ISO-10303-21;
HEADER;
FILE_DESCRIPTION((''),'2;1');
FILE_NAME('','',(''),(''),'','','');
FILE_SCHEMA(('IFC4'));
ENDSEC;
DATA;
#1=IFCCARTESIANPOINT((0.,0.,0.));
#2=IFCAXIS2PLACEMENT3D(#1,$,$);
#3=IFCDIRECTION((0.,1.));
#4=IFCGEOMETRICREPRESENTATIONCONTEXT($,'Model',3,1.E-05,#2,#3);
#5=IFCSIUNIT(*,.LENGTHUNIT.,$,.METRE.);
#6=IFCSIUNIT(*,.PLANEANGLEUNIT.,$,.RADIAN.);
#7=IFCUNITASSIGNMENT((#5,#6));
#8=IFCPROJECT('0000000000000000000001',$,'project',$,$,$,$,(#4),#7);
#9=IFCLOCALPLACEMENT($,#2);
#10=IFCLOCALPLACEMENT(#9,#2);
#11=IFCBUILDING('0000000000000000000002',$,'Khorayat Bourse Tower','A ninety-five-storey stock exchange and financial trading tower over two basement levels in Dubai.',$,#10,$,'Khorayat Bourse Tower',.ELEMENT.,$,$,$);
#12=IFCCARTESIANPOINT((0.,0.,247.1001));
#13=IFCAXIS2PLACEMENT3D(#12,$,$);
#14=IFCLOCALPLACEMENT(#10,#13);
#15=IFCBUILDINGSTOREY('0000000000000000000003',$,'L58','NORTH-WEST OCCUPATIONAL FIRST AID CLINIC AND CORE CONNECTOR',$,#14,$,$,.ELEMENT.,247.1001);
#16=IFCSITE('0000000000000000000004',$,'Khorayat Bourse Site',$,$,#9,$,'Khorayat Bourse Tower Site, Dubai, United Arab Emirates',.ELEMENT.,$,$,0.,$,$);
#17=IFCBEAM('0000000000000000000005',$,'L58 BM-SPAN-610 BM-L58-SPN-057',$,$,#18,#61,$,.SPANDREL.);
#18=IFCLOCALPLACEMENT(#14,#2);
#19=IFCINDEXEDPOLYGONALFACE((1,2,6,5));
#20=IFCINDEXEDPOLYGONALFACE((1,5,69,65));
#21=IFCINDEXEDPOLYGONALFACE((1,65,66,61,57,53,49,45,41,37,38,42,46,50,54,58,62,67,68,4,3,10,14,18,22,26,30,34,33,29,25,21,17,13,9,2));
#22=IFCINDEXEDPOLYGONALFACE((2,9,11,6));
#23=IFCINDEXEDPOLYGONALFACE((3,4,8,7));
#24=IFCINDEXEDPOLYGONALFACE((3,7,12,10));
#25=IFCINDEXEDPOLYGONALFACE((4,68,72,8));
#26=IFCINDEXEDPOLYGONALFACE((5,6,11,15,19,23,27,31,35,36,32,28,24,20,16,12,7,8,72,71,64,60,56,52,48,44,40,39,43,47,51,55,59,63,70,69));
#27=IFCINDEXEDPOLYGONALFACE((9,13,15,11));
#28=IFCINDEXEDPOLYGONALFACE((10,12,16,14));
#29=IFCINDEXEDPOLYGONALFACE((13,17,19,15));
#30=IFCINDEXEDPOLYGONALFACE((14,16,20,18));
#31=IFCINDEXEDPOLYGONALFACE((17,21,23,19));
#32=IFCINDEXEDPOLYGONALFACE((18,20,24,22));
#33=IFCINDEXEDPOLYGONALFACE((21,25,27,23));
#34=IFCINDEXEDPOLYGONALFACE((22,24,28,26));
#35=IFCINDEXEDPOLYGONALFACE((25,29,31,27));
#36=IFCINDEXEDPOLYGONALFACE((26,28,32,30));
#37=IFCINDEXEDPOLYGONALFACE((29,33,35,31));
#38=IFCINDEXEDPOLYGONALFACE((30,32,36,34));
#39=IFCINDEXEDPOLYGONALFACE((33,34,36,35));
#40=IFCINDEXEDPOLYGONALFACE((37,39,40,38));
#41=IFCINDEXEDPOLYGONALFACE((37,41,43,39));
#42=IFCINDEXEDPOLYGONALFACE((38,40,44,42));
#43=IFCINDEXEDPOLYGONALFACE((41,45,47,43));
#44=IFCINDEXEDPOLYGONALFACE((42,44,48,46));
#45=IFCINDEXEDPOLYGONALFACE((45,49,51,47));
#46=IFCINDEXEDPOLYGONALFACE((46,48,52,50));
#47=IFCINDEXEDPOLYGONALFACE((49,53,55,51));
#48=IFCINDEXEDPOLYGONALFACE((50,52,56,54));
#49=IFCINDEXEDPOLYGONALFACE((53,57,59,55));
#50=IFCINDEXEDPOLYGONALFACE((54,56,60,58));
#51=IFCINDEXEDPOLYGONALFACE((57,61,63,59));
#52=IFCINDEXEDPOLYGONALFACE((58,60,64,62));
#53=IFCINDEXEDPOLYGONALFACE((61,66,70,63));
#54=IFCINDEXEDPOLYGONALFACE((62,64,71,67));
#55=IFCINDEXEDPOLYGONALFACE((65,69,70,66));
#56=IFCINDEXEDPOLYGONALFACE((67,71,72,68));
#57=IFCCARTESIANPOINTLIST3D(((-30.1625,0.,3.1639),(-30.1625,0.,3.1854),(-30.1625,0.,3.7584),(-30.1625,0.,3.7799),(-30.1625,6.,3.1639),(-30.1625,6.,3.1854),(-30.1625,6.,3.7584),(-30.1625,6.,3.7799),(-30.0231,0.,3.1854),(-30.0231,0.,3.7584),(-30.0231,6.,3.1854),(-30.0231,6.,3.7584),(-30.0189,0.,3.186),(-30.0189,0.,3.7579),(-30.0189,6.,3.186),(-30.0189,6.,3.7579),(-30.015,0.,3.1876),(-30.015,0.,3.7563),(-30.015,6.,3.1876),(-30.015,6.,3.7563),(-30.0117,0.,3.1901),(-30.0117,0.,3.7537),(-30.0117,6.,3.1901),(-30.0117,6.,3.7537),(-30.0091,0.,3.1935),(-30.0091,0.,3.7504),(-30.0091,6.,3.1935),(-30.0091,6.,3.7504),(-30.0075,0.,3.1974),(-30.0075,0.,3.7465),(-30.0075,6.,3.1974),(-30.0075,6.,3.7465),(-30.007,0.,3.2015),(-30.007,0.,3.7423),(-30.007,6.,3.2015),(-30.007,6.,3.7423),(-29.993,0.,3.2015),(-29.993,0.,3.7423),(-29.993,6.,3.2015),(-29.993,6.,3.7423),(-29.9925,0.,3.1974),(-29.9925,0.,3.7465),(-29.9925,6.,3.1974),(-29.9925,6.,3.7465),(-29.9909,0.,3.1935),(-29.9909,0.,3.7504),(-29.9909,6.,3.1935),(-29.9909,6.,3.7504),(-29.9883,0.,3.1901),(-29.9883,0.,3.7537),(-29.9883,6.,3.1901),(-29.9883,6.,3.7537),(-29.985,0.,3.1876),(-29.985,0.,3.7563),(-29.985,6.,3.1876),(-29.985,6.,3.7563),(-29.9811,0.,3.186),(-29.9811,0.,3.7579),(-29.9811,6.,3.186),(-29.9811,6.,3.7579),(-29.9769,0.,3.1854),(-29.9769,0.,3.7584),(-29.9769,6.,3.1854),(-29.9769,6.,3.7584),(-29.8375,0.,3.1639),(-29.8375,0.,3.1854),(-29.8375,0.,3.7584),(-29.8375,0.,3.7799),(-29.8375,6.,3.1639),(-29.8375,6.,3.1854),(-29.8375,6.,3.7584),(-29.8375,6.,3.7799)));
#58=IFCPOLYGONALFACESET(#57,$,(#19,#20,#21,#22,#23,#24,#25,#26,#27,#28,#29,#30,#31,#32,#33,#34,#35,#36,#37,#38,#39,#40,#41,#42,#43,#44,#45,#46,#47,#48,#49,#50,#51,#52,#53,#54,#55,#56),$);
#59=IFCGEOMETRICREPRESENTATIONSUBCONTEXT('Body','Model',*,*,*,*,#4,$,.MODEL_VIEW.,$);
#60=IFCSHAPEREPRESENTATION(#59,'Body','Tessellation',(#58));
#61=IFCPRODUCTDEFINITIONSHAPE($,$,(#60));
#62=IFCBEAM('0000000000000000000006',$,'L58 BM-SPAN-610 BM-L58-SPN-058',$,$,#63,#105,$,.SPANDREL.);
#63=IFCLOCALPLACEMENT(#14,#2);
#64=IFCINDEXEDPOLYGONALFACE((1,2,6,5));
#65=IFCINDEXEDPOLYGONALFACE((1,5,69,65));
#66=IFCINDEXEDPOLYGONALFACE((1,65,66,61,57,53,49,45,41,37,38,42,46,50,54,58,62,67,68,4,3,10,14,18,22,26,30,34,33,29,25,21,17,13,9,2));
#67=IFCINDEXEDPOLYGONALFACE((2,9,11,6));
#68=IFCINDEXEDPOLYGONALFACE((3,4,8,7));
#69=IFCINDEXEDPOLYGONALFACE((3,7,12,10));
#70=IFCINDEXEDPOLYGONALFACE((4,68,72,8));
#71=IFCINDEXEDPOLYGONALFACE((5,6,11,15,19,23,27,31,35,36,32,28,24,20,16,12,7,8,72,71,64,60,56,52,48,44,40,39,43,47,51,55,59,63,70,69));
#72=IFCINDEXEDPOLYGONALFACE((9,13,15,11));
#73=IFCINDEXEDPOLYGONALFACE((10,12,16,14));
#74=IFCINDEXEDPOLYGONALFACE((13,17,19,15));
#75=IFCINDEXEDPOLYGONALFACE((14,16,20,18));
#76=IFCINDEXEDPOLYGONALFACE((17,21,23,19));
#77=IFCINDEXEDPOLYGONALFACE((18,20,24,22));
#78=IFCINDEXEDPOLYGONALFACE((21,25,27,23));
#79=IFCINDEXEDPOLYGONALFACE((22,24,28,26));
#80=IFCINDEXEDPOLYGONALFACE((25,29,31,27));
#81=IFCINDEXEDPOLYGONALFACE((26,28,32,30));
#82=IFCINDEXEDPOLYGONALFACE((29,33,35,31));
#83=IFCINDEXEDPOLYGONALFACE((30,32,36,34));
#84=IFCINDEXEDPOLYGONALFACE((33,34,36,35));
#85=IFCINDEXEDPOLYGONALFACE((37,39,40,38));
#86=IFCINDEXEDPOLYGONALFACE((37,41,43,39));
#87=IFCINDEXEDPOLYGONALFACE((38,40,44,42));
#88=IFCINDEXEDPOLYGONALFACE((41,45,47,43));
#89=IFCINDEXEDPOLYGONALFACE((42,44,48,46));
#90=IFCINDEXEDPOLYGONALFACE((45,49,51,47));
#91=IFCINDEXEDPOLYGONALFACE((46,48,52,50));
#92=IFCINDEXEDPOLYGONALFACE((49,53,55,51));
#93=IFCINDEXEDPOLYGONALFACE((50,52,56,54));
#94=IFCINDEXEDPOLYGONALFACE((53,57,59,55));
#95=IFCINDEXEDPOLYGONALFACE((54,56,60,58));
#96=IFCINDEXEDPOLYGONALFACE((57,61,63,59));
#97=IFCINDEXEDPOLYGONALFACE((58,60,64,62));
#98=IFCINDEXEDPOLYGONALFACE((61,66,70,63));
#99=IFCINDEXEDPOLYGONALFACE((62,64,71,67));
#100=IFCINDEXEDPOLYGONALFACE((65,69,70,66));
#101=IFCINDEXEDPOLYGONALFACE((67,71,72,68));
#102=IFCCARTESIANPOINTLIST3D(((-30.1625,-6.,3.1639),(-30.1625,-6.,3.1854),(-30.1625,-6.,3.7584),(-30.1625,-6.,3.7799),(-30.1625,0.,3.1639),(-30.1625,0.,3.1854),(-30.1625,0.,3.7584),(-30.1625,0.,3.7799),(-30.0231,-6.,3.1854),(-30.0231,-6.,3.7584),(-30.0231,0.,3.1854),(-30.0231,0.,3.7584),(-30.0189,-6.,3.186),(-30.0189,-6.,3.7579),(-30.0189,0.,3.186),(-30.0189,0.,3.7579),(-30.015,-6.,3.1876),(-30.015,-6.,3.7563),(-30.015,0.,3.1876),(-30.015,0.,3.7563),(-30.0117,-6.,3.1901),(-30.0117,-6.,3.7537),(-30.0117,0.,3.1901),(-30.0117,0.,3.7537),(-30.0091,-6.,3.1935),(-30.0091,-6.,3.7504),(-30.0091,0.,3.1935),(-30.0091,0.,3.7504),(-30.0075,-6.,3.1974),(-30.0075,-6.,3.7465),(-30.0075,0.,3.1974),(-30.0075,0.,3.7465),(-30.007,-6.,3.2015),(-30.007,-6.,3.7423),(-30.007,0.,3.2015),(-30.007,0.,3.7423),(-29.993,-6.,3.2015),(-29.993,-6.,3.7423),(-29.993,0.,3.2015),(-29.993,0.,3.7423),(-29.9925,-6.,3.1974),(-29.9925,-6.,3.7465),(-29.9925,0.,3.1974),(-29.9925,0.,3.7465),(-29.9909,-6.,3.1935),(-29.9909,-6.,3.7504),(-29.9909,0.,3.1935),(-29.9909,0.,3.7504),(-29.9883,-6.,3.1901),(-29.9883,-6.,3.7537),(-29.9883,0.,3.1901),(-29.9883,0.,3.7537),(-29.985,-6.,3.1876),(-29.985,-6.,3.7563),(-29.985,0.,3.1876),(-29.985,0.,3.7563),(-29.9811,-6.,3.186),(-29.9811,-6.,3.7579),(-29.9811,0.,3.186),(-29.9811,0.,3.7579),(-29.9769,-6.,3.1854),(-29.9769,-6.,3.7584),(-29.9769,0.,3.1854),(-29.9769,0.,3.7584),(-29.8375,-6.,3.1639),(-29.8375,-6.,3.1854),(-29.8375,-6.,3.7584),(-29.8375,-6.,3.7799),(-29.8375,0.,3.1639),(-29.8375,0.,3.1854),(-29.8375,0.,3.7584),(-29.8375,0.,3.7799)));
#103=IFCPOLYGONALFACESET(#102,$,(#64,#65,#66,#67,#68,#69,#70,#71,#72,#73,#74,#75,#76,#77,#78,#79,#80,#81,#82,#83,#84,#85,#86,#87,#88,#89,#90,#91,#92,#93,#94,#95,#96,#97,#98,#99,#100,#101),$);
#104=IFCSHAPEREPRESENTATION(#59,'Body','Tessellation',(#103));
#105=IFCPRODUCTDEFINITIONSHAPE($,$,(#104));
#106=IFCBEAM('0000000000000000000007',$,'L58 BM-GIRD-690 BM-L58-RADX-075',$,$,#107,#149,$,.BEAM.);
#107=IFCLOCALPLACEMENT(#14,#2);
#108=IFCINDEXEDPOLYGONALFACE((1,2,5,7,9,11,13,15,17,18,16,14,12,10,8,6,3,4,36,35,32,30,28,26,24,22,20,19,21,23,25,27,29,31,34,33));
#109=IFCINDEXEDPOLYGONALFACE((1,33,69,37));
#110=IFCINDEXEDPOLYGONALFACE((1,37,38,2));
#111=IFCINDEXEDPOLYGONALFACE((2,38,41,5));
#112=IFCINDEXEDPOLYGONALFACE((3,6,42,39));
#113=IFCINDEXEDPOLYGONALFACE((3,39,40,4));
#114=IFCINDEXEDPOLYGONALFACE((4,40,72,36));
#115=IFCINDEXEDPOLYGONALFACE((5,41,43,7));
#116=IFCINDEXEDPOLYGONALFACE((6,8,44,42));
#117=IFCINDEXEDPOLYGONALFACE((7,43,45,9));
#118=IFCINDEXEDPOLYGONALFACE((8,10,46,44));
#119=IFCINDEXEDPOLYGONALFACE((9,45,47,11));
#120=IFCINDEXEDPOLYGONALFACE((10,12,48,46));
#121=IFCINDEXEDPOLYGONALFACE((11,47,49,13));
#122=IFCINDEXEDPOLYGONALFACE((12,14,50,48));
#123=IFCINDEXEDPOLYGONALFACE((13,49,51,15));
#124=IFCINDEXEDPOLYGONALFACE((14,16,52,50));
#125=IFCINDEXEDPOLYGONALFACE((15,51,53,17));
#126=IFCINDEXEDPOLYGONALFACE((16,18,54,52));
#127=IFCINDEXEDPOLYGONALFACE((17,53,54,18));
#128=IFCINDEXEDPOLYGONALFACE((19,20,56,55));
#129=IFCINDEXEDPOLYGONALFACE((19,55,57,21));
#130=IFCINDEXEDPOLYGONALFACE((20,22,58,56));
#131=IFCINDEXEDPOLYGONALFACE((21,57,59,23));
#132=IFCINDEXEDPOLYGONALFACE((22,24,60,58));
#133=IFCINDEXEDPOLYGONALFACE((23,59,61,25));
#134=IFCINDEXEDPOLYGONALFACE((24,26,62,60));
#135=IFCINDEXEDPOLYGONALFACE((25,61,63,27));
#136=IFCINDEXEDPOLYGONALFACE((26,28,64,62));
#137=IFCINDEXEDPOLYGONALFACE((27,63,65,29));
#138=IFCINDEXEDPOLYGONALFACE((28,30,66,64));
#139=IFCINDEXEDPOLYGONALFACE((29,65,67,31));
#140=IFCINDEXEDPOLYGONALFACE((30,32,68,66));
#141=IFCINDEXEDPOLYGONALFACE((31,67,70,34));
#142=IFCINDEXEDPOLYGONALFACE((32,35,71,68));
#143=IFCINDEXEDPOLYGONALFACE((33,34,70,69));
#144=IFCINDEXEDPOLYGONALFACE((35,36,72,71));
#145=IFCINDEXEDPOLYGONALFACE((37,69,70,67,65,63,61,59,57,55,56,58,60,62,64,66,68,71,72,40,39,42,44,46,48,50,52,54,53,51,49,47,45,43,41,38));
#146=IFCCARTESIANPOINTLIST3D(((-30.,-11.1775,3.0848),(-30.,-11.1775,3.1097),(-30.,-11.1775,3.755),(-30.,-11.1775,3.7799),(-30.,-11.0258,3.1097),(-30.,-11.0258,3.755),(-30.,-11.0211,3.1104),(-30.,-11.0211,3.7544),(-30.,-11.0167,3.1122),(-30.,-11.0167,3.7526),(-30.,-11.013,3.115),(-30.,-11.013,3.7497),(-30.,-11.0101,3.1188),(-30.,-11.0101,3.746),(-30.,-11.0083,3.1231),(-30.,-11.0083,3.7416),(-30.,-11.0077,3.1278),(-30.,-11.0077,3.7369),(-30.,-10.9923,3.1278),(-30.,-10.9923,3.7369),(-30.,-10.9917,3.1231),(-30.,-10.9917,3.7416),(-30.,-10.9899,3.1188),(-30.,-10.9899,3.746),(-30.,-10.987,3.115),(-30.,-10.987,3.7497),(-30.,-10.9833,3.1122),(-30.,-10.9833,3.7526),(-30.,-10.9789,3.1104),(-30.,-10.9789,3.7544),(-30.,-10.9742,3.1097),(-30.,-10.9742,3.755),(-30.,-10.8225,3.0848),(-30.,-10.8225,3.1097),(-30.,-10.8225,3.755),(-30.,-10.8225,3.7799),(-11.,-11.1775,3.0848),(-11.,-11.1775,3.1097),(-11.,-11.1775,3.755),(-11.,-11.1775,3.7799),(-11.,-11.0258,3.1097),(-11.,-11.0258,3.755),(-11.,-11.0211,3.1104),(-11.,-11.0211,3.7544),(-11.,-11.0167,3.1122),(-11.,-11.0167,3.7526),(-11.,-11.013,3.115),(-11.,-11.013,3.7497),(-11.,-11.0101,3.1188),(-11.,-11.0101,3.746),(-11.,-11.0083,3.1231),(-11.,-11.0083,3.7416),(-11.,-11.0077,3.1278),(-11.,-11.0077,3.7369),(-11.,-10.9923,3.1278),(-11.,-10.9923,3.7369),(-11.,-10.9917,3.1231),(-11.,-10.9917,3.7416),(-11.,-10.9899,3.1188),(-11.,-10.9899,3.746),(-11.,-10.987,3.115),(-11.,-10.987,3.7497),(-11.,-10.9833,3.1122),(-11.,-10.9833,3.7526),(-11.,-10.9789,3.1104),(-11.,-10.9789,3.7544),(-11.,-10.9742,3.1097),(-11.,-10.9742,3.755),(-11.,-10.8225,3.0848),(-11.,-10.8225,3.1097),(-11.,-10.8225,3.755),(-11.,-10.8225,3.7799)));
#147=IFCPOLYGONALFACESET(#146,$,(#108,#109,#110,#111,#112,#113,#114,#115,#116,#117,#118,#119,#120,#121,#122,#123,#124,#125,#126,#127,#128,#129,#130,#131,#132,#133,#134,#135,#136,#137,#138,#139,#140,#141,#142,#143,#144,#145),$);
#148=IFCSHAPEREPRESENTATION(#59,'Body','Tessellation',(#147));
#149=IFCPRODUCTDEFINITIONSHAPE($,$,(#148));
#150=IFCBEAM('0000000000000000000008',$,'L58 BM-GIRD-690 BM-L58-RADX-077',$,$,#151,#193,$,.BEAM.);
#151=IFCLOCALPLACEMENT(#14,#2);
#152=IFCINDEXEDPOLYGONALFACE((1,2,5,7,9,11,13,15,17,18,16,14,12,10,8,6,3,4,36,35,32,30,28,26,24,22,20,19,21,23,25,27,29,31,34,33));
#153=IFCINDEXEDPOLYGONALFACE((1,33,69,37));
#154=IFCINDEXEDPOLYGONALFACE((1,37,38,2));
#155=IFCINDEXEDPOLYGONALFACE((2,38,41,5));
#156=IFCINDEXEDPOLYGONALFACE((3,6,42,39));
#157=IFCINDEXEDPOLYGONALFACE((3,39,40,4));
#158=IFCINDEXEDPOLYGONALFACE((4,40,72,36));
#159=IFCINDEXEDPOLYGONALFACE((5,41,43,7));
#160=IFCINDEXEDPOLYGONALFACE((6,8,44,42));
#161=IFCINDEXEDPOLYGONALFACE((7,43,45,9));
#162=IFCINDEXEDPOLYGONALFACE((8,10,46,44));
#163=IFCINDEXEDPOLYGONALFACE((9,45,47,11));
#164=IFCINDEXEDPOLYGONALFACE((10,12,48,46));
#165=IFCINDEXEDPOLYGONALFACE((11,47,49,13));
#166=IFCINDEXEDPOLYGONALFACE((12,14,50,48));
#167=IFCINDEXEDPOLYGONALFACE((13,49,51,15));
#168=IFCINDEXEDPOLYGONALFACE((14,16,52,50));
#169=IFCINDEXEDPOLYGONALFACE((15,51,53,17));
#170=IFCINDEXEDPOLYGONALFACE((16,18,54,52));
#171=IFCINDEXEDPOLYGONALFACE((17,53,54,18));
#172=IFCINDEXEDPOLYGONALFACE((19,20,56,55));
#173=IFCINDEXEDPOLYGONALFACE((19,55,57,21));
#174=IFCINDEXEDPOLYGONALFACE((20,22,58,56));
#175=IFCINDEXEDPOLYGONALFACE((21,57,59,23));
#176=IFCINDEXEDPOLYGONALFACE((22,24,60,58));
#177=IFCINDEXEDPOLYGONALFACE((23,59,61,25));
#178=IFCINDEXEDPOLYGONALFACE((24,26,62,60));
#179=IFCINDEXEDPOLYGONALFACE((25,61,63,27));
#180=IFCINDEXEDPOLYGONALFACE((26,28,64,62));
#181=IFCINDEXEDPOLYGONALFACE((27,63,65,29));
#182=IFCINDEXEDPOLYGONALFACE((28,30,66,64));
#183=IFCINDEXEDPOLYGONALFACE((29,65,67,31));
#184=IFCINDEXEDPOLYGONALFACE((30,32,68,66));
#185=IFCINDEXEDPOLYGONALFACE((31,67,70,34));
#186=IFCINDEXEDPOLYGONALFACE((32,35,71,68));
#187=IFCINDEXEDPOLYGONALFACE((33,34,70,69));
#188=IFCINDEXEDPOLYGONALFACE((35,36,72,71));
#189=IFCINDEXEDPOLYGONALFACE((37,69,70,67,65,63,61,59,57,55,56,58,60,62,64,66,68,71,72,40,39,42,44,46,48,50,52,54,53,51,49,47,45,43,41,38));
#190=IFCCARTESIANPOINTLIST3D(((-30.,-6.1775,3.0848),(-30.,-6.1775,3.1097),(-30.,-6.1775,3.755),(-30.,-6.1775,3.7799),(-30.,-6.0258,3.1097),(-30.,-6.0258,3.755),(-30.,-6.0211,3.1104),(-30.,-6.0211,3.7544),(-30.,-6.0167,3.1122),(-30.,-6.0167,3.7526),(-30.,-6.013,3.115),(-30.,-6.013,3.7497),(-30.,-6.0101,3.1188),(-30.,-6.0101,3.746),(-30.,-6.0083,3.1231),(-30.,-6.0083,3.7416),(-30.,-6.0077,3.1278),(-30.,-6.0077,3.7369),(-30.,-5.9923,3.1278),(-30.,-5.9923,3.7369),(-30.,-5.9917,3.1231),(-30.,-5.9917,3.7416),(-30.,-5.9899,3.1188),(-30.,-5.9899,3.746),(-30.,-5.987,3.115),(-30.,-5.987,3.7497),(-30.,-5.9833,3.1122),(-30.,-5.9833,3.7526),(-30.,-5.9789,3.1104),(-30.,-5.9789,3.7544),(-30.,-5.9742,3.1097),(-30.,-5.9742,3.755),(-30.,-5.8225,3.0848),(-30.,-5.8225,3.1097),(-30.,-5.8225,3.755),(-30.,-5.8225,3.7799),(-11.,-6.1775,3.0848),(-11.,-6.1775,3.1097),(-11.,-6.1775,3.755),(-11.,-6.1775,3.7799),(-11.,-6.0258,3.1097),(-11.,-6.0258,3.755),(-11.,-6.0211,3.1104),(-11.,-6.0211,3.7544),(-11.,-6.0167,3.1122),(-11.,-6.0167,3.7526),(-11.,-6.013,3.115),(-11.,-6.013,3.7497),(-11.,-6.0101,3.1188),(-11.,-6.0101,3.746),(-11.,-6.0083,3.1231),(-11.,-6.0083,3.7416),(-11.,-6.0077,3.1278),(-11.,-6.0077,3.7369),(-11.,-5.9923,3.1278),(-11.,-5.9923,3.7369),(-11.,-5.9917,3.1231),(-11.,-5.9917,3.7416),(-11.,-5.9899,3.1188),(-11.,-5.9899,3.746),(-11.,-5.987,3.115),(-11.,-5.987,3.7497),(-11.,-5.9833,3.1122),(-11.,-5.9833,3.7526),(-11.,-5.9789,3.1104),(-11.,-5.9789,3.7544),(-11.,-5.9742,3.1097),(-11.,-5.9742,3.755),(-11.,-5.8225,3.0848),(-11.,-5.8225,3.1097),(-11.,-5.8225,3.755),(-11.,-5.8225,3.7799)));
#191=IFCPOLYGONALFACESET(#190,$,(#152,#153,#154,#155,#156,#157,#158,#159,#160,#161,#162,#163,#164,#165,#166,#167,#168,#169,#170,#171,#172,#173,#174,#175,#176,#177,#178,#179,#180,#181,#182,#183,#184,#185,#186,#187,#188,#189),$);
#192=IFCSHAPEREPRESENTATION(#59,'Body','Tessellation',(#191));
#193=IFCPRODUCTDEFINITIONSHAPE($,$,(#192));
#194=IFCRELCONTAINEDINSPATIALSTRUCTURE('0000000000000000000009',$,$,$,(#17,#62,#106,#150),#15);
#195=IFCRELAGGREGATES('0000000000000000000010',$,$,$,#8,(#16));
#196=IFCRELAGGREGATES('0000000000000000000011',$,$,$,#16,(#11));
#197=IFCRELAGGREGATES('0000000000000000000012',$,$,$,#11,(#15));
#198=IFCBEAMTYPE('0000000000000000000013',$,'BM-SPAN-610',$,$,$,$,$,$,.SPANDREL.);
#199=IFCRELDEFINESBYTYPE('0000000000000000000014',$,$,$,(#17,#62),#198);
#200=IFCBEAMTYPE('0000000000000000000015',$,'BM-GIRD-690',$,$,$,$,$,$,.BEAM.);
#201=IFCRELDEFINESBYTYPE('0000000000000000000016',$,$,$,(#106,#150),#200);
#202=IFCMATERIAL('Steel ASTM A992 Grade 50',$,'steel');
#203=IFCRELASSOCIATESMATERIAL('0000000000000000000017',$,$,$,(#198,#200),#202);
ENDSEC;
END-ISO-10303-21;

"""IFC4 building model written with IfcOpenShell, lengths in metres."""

from ifc_helpers import new_model, si_unit, direction, frame, origin, origin_2d, place, context, subcontext, project, spatial, i_section, extrude, source, transform, mapped, material, material_profile, profile_set, type_object, element, save


model = new_model("IFC4")

# Units and contexts
model_context = context("Model", 3, precision=1e-05, world=origin(), true_north=direction((0.0, 1.0)))
body_context = subcontext(model_context, "Body", "Model", "MODEL_VIEW")
ifc_project = project(units=[si_unit("LENGTHUNIT", "METRE"), si_unit("PLANEANGLEUNIT", "RADIAN")], contexts=[model_context])

# Site, building, storey
site_placement = place(None, origin())
site = spatial("IfcSite", under=ifc_project, at=site_placement, Name="Khorayat Bourse Site", LongName="Khorayat Bourse Tower Site, Dubai, United Arab Emirates", CompositionType="ELEMENT", RefElevation=0.0)
building_placement = place(site_placement, origin())
building = spatial("IfcBuilding", under=site, at=building_placement, Name="Khorayat Bourse Tower", Description="A ninety-five-storey stock exchange and financial trading tower over two basement levels in Dubai.", LongName="Khorayat Bourse Tower", CompositionType="ELEMENT")
storey_placement = place(building_placement, frame((0.0, 0.0, 247.1001)))
storey = spatial("IfcBuildingStorey", under=building, at=storey_placement, Name="L58", Description="NORTH-WEST OCCUPATIONAL FIRST AID CLINIC AND CORE CONNECTOR", CompositionType="ELEMENT", Elevation=247.1001)

# Beams
ifc_material_1 = material(Name="Steel ASTM A992 Grade 50", Category="steel")
ifc_material_profile_1 = material_profile(ifc_material_1, i_section(OverallWidth=0.325, OverallDepth=0.616, WebThickness=0.0139, FlangeThickness=0.0215, FilletRadius=0.0161, at=origin_2d()), Name="W610X174")
ifc_profile_set_1 = profile_set([ifc_material_profile_1], Name="Steel ASTM A992 Grade 50")
beam_type_1 = type_object("IfcBeamType", Name="BM-SPAN-610", PredefinedType="SPANDREL", material=ifc_profile_set_1)
shared_shape_1 = source(origin(), body_context, "Body", "SweptSolid", [
    extrude(i_section(OverallWidth=0.325, OverallDepth=0.616, WebThickness=0.0139, FlangeThickness=0.0215, FilletRadius=0.0161, at=origin_2d()), origin(), (0.0, 0.0, 1.0), 6.0),
])
for number, where, z_axis, x_axis, name in (
    (1, (-30.0, 0.0, 3.4719), (0.0, 1.0, 0.0), (-1.0, 0.0, 0.0), "L58 BM-SPAN-610 BM-L58-SPN-057"),
    (2, (-30.0, -6.0, 3.4719), (0.0, 1.0, 0.0), (-1.0, 0.0, 0.0), "L58 BM-SPAN-610 BM-L58-SPN-058"),
):
    element("IfcBeam", number, at=place(storey_placement, frame(where, z_axis=z_axis, x_axis=x_axis)), inside=storey, type_object=beam_type_1, Name=name, PredefinedType="SPANDREL", context=body_context, shape_type="MappedRepresentation", body=[
        mapped(shared_shape_1, transform((0.0, 0.0, 0.0), scale=1.0)),
    ])
ifc_material_profile_2 = material_profile(ifc_material_1, i_section(OverallWidth=0.355, OverallDepth=0.6951, WebThickness=0.0154, FlangeThickness=0.0249, FilletRadius=0.0181, at=origin_2d()), Name="W690X217")
ifc_profile_set_2 = profile_set([ifc_material_profile_2], Name="Steel ASTM A992 Grade 50")
beam_type_2 = type_object("IfcBeamType", Name="BM-GIRD-690", PredefinedType="BEAM", material=ifc_profile_set_2)
shared_shape_2 = source(origin(), body_context, "Body", "SweptSolid", [
    extrude(i_section(OverallWidth=0.355, OverallDepth=0.6951, WebThickness=0.0154, FlangeThickness=0.0249, FilletRadius=0.0181, at=origin_2d()), origin(), (0.0, 0.0, 1.0), 19.0),
])
for number, where, z_axis, x_axis, name in (
    (3, (-30.0, -11.0, 3.4324), (1.0, 0.0, 0.0), (0.0, 1.0, 0.0), "L58 BM-GIRD-690 BM-L58-RADX-075"),
    (4, (-30.0, -6.0, 3.4324), (1.0, 0.0, 0.0), (0.0, 1.0, 0.0), "L58 BM-GIRD-690 BM-L58-RADX-077"),
):
    element("IfcBeam", number, at=place(storey_placement, frame(where, z_axis=z_axis, x_axis=x_axis)), inside=storey, type_object=beam_type_2, Name=name, PredefinedType="BEAM", context=body_context, shape_type="MappedRepresentation", body=[
        mapped(shared_shape_2, transform((0.0, 0.0, 0.0), scale=1.0)),
    ])

save(model, "model.ifc")
